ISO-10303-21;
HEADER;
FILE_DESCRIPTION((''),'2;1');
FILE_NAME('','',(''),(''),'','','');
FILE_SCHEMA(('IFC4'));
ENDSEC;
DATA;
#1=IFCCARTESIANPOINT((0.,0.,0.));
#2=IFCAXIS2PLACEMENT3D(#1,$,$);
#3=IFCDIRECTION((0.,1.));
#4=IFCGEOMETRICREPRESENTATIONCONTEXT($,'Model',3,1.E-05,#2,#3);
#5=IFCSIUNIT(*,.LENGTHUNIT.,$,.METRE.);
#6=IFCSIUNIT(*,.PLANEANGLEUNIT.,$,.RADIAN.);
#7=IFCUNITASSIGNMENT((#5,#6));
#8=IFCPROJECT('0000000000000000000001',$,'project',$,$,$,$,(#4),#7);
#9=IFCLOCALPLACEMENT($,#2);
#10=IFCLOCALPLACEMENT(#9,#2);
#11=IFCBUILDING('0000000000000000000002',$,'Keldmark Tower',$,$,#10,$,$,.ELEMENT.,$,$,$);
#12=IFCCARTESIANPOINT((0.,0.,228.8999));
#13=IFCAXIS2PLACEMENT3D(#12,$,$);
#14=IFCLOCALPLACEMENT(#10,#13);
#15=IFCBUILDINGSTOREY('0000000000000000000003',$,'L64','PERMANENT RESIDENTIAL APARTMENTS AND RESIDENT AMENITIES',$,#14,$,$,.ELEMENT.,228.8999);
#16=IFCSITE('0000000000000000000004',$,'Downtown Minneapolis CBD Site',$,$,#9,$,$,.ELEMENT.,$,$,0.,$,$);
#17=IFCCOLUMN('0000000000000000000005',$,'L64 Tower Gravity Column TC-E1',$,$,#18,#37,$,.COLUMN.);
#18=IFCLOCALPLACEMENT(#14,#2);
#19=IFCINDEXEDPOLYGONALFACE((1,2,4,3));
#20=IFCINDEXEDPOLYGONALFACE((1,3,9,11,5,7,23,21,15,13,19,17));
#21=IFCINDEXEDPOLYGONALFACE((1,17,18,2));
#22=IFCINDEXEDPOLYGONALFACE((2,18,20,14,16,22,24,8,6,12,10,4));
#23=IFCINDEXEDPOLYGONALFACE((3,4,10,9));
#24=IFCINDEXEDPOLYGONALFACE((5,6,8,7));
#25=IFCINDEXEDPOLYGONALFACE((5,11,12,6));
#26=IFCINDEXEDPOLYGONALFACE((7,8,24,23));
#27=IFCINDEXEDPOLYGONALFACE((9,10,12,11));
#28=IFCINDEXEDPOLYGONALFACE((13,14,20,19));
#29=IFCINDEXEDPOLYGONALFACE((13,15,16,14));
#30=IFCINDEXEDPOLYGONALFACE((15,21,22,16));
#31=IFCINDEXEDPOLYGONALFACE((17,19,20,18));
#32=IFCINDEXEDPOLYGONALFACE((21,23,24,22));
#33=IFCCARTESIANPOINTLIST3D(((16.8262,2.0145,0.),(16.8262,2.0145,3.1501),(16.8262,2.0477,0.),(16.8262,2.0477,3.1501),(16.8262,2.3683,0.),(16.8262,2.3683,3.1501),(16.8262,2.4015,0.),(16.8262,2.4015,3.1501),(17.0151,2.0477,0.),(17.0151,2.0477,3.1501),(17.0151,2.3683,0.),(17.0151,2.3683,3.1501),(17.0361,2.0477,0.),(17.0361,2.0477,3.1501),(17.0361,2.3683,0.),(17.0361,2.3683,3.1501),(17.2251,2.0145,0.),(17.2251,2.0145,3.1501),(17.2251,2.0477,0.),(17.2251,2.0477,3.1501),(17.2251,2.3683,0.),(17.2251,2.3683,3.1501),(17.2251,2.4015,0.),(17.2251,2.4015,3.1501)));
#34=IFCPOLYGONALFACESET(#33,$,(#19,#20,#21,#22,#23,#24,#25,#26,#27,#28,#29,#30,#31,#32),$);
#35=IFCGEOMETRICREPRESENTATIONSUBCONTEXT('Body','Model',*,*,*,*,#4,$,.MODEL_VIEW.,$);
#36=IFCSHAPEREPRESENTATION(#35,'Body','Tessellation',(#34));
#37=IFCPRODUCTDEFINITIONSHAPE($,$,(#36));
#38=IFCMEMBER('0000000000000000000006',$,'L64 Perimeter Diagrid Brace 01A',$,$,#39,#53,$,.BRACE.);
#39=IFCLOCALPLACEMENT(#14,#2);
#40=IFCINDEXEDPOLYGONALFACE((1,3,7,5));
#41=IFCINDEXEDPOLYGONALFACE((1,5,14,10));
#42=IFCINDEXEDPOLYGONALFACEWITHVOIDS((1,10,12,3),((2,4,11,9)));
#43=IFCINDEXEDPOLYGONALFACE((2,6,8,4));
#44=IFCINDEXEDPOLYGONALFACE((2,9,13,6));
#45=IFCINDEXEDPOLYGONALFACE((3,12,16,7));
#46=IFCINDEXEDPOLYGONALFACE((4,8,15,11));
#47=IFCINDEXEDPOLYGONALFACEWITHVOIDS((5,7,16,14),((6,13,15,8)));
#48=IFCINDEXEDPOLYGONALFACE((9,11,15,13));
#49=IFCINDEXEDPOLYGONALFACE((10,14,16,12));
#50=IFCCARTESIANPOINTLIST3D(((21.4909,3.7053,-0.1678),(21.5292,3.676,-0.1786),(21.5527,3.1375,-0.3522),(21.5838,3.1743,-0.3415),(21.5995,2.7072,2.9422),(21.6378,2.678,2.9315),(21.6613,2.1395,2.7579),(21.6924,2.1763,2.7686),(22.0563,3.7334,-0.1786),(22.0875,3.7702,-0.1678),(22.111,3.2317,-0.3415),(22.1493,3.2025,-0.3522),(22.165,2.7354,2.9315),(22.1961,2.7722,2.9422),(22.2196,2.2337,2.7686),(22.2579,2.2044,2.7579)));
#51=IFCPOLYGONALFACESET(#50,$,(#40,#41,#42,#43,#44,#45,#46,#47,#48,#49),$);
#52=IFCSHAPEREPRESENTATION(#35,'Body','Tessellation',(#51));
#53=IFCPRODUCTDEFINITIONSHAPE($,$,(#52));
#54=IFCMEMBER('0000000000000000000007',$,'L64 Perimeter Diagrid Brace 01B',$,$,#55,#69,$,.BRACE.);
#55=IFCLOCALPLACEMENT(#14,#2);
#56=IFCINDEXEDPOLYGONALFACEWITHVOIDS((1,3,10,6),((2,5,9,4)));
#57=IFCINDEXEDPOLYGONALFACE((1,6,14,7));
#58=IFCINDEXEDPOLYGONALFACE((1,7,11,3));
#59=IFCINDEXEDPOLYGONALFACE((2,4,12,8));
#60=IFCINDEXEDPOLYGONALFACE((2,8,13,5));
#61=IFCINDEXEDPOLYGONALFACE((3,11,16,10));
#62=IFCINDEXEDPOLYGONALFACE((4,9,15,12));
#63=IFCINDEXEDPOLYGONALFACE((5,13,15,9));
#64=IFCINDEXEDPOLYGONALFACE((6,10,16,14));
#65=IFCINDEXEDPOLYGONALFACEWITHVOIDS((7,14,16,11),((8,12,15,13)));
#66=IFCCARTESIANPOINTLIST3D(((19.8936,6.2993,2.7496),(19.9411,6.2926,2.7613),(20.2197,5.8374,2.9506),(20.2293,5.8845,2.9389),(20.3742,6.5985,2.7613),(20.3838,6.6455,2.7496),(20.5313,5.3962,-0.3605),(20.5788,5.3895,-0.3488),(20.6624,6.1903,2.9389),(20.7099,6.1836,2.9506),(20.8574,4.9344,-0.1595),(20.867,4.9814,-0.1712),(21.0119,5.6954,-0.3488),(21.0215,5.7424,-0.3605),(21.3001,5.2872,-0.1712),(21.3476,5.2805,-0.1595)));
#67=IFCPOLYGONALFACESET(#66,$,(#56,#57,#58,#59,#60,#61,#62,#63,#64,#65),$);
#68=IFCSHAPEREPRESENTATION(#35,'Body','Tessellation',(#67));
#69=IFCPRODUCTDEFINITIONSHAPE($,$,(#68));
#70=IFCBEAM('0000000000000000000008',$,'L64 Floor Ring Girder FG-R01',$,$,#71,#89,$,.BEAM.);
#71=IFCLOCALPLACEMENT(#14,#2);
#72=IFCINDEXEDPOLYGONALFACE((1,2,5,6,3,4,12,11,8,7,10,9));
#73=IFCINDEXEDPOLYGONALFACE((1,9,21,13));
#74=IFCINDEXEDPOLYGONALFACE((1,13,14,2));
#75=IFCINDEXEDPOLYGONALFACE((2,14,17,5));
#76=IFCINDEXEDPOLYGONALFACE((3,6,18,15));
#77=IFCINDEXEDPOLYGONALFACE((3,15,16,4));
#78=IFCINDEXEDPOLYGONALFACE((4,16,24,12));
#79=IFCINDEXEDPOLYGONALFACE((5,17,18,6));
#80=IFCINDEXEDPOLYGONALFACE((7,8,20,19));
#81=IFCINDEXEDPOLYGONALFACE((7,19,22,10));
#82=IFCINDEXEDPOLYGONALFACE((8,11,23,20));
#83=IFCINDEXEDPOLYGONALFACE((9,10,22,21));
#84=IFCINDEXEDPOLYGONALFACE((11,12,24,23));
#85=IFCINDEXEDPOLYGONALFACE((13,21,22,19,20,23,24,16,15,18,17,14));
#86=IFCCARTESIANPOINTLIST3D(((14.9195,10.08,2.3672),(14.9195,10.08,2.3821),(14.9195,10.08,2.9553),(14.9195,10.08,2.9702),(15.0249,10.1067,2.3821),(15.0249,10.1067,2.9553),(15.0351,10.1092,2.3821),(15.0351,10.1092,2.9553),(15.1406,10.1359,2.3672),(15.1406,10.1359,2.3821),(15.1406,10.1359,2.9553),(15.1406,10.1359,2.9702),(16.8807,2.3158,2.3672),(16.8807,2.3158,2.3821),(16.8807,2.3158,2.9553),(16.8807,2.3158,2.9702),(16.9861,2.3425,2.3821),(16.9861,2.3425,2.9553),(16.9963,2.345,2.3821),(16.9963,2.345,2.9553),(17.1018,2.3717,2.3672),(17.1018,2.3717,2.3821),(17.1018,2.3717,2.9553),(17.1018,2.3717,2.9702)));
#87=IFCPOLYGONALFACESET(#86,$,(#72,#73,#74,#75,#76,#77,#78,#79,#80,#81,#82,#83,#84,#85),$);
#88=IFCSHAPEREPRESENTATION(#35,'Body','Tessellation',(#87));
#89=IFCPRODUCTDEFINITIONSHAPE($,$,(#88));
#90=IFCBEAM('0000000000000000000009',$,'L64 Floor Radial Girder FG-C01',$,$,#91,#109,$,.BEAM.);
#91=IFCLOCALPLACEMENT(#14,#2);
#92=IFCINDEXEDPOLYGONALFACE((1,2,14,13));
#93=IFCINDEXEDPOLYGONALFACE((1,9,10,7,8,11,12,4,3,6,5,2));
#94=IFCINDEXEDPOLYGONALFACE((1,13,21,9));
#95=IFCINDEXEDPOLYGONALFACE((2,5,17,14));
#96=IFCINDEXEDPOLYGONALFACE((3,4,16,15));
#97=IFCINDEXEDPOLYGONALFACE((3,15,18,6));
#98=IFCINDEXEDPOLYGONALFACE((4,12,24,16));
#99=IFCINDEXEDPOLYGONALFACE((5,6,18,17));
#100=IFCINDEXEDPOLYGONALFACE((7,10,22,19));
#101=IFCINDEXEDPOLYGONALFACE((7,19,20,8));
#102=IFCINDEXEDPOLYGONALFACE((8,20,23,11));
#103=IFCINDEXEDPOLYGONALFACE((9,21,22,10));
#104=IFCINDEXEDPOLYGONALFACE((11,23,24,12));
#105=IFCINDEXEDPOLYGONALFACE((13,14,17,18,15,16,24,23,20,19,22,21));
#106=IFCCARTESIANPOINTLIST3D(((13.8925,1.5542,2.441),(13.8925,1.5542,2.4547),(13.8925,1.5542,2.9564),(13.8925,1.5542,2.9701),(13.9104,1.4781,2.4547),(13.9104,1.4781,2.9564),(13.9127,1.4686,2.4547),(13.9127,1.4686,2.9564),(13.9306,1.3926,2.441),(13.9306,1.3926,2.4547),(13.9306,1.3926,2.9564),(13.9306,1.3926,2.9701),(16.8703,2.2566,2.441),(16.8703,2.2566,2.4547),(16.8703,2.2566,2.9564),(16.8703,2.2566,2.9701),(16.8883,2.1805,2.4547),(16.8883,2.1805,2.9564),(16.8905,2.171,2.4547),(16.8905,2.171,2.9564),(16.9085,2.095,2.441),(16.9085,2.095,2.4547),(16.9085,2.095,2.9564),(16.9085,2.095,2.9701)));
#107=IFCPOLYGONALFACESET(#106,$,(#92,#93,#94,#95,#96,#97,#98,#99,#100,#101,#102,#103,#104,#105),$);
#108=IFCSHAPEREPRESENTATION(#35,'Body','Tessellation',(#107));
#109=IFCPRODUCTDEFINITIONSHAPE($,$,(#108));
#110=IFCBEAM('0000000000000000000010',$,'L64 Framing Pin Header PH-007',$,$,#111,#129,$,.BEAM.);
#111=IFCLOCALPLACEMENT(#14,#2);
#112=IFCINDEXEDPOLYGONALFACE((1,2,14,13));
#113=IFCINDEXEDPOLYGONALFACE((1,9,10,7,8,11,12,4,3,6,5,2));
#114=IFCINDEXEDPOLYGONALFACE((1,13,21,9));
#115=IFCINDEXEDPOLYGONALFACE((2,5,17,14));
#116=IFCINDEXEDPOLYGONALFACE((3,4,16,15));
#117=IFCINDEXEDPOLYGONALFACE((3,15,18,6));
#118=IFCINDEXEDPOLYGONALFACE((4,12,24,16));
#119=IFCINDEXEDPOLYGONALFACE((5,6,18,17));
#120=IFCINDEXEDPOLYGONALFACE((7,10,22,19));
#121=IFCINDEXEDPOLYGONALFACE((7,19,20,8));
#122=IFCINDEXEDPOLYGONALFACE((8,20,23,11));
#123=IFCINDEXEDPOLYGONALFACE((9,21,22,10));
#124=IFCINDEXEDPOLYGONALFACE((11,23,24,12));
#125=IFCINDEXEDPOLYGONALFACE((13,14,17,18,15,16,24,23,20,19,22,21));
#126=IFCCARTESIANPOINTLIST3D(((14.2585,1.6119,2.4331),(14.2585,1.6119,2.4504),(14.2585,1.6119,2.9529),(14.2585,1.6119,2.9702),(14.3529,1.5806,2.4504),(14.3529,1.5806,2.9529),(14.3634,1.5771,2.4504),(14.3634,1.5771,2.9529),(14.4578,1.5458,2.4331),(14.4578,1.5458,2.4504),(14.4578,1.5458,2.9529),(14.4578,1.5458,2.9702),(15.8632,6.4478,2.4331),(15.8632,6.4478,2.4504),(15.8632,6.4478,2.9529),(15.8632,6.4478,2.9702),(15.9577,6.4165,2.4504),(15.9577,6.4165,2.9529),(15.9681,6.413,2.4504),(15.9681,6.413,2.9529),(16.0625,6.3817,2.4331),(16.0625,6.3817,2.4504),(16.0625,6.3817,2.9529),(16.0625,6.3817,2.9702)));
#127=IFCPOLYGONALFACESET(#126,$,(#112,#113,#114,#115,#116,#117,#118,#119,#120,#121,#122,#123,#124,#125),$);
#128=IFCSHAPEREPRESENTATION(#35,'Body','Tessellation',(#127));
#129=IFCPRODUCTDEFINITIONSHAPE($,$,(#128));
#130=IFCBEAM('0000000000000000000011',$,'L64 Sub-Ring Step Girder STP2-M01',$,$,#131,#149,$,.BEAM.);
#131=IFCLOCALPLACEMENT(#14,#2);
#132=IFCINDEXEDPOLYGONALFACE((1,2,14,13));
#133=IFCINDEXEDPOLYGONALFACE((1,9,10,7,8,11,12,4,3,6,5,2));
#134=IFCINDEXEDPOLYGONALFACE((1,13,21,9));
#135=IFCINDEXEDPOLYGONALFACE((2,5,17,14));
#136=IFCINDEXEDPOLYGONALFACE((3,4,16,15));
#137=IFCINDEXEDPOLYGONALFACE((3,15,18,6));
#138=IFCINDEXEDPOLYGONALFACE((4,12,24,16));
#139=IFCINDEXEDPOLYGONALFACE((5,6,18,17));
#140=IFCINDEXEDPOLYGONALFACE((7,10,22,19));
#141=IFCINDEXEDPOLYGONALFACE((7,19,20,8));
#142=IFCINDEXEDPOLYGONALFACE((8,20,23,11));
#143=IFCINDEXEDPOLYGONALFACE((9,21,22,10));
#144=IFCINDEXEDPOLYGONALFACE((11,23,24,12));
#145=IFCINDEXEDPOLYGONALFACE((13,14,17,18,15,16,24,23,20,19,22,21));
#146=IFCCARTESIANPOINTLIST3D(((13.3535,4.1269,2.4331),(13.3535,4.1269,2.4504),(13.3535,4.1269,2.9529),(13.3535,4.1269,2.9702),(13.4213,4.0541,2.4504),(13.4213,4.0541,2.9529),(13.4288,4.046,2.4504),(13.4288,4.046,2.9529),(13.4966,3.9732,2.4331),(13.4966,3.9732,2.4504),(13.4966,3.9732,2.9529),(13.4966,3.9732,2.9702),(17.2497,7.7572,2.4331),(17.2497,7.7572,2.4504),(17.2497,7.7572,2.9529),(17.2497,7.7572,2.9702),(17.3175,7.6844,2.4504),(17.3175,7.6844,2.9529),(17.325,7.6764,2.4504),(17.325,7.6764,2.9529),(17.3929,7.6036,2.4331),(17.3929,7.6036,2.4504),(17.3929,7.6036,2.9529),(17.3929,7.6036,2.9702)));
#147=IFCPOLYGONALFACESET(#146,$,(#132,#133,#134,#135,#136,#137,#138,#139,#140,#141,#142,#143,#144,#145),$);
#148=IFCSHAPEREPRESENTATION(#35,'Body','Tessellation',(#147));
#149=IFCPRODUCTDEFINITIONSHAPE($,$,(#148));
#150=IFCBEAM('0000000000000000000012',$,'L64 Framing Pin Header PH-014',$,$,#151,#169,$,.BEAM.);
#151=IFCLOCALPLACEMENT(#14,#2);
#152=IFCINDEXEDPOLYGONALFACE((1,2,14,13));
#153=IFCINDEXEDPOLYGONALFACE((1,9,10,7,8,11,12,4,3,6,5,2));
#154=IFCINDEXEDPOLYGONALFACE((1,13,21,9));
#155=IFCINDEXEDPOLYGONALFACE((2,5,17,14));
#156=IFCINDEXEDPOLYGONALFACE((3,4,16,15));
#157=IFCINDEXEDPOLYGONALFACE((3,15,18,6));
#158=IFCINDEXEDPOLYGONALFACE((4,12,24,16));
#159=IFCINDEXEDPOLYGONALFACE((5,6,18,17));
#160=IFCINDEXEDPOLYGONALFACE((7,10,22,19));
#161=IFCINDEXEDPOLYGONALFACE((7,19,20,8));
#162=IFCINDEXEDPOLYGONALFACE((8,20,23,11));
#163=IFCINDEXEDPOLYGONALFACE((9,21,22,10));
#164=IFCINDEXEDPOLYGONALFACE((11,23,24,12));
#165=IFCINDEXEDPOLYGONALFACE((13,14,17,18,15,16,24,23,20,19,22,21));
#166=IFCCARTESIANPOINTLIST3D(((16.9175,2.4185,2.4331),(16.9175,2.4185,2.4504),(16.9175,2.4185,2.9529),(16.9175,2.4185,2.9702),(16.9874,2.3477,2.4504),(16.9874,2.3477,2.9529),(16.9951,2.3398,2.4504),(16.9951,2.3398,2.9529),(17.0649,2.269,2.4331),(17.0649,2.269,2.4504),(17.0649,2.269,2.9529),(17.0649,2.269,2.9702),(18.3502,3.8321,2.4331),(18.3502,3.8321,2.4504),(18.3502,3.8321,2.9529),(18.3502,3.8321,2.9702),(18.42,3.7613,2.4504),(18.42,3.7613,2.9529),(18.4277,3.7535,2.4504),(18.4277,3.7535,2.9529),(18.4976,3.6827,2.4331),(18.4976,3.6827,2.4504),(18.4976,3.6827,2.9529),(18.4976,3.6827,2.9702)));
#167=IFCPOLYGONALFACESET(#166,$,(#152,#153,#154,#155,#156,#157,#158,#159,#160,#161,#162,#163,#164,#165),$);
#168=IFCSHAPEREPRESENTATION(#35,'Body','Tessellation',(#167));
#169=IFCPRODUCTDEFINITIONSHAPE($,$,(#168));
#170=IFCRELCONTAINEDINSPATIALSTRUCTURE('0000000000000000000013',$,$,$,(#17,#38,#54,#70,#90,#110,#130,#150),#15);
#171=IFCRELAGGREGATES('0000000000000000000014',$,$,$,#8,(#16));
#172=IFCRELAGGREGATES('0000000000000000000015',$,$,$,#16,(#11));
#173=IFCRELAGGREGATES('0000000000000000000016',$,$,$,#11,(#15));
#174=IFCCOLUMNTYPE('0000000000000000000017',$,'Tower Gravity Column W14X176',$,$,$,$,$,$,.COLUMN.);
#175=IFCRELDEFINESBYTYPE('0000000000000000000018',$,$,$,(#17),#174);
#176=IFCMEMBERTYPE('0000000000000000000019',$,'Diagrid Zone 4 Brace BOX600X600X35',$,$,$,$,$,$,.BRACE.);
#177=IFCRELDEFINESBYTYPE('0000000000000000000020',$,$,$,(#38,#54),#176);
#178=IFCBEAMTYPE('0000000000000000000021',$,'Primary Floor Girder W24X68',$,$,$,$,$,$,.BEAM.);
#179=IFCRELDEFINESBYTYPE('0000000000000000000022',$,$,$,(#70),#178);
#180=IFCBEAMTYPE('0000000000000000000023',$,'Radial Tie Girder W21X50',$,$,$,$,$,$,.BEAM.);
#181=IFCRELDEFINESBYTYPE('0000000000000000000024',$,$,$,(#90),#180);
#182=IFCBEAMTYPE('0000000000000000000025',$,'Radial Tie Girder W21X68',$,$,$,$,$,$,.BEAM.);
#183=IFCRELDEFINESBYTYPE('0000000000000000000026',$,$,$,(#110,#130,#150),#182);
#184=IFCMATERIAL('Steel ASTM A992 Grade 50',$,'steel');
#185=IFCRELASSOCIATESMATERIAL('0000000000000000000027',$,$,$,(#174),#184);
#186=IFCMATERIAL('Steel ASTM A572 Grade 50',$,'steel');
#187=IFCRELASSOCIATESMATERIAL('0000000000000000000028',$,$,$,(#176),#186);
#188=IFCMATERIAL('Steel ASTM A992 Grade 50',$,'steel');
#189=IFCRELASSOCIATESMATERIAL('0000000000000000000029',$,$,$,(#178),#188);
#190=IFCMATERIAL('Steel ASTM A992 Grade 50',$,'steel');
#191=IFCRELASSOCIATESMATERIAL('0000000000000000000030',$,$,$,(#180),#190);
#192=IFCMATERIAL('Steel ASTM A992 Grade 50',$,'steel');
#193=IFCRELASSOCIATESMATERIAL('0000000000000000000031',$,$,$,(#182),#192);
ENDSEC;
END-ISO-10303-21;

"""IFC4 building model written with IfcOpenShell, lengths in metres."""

from ifc_helpers import new_model, si_unit, direction, frame, origin, origin_2d, place, context, subcontext, project, spatial, hollow_rectangle, i_section, extrude, material, material_profile, profile_set, type_object, element, save


model = new_model("IFC4")

# Units and contexts
model_context = context("Model", 3, precision=1e-05, world=origin(), true_north=direction((0.0, 1.0)))
body_context = subcontext(model_context, "Body", "Model", "MODEL_VIEW")
ifc_project = project(units=[si_unit("LENGTHUNIT", "METRE"), si_unit("PLANEANGLEUNIT", "RADIAN")], contexts=[model_context])

# Site, building, storey
site_placement = place(None, origin())
site = spatial("IfcSite", under=ifc_project, at=site_placement, Name="Downtown Minneapolis CBD Site", CompositionType="ELEMENT", RefElevation=0.0)
building_placement = place(site_placement, origin())
building = spatial("IfcBuilding", under=site, at=building_placement, Name="Keldmark Tower", CompositionType="ELEMENT")
storey_placement = place(building_placement, frame((0.0, 0.0, 228.8999)))
storey = spatial("IfcBuildingStorey", under=building, at=storey_placement, Name="L64", Description="PERMANENT RESIDENTIAL APARTMENTS AND RESIDENT AMENITIES", CompositionType="ELEMENT", Elevation=228.8999)

# Column
ifc_material_1 = material(Name="Steel ASTM A992 Grade 50", Category="steel")
ifc_material_profile_1 = material_profile(ifc_material_1, i_section(OverallWidth=0.3989, OverallDepth=0.387, WebThickness=0.021, FlangeThickness=0.0332, at=origin_2d()), Name="W14X176")
ifc_profile_set_1 = profile_set([ifc_material_profile_1], Name="Steel ASTM A992 Grade 50")
column_type = type_object("IfcColumnType", Name="Tower Gravity Column W14X176", PredefinedType="COLUMN", material=ifc_profile_set_1)
column_placement = place(storey_placement, frame((17.0256, 2.208, 0.0), z_axis=(0.0, 0.0, 1.0), x_axis=(1.0, 0.0, 0.0)))
element("IfcColumn", 1, at=column_placement, inside=storey, type_object=column_type, Name="L64 Tower Gravity Column TC-E1", PredefinedType="COLUMN", context=body_context, shape_type="SweptSolid", body=[
    extrude(i_section(OverallWidth=0.3989, OverallDepth=0.387, WebThickness=0.021, FlangeThickness=0.0332, at=origin_2d()), origin(), (0.0, 0.0, 1.0), 3.1501),
])

# Members
ifc_material_2 = material(Name="Steel ASTM A572 Grade 50", Category="steel")
ifc_material_profile_2 = material_profile(ifc_material_2, hollow_rectangle(XDim=0.6001, YDim=0.6001, WallThickness=0.0349, at=origin_2d()), Name="BOX600X600X35")
ifc_profile_set_2 = profile_set([ifc_material_profile_2], Name="Steel ASTM A572 Grade 50")
member_type = type_object("IfcMemberType", Name="Diagrid Zone 4 Brace BOX600X600X35", PredefinedType="BRACE", material=ifc_profile_set_2)
member_1_placement = place(storey_placement, frame((21.8201, 3.4539, -0.26), z_axis=(0.033243, -0.305388, 0.951648), x_axis=(0.994127, 0.108216, 0.0)))
element("IfcMember", 2, at=member_1_placement, inside=storey, type_object=member_type, Name="L64 Perimeter Diagrid Brace 01A", PredefinedType="BRACE", context=body_context, shape_type="SweptSolid", body=[
    extrude(hollow_rectangle(XDim=0.6001, YDim=0.6001, WallThickness=0.0349, at=origin_2d()), origin(), (0.0, 0.0, 1.0), 3.2681),
])
member_2_placement = place(storey_placement, frame((20.9395, 5.3384, -0.26), z_axis=(-0.193197, 0.273597, 0.942242), x_axis=(-0.81687, -0.576822, 0.0)))
element("IfcMember", 3, at=member_2_placement, inside=storey, type_object=member_type, Name="L64 Perimeter Diagrid Brace 01B", PredefinedType="BRACE", context=body_context, shape_type="SweptSolid", body=[
    extrude(hollow_rectangle(XDim=0.6001, YDim=0.6001, WallThickness=0.0349, at=origin_2d()), origin(), (0.0, 0.0, 1.0), 3.3008),
])

# Beams
ifc_material_3 = material(Name="Steel ASTM A992 Grade 50", Category="steel")
ifc_material_profile_3 = material_profile(ifc_material_3, i_section(OverallWidth=0.228, OverallDepth=0.603, WebThickness=0.0105, FlangeThickness=0.0149, at=origin_2d()), Name="W24X68")
ifc_profile_set_3 = profile_set([ifc_material_profile_3], Name="Steel ASTM A992 Grade 50")
beam_type_1 = type_object("IfcBeamType", Name="Primary Floor Girder W24X68", PredefinedType="BEAM", material=ifc_profile_set_3)
beam_1_placement = place(storey_placement, frame((16.9912, 2.3438, 2.6687), z_axis=(-0.244902, 0.969548, 0.0), x_axis=(-0.969548, -0.244902, 0.0)))
element("IfcBeam", 4, at=beam_1_placement, inside=storey, type_object=beam_type_1, Name="L64 Floor Ring Girder FG-R01", PredefinedType="BEAM", context=body_context, shape_type="SweptSolid", body=[
    extrude(i_section(OverallWidth=0.228, OverallDepth=0.603, WebThickness=0.0105, FlangeThickness=0.0149, at=origin_2d()), origin(), (0.0, 0.0, 1.0), 8.0081),
])
ifc_material_4 = material(Name="Steel ASTM A992 Grade 50", Category="steel")
ifc_material_profile_4 = material_profile(ifc_material_4, i_section(OverallWidth=0.166, OverallDepth=0.5291, WebThickness=0.0098, FlangeThickness=0.0137, at=origin_2d()), Name="W21X50")
ifc_profile_set_4 = profile_set([ifc_material_profile_4], Name="Steel ASTM A992 Grade 50")
beam_type_2 = type_object("IfcBeamType", Name="Radial Tie Girder W21X50", PredefinedType="BEAM", material=ifc_profile_set_4)
beam_2_placement = place(storey_placement, frame((16.8894, 2.1758, 2.7056), z_axis=(-0.97329, -0.229577, 0.0), x_axis=(0.229577, -0.97329, 0.0)))
element("IfcBeam", 5, at=beam_2_placement, inside=storey, type_object=beam_type_2, Name="L64 Floor Radial Girder FG-C01", PredefinedType="BEAM", context=body_context, shape_type="SweptSolid", body=[
    extrude(i_section(OverallWidth=0.166, OverallDepth=0.5291, WebThickness=0.0098, FlangeThickness=0.0137, at=origin_2d()), origin(), (0.0, 0.0, 1.0), 3.0596),
])
ifc_material_5 = material(Name="Steel ASTM A992 Grade 50", Category="steel")
ifc_material_profile_5 = material_profile(ifc_material_5, i_section(OverallWidth=0.21, OverallDepth=0.5371, WebThickness=0.011, FlangeThickness=0.0173, at=origin_2d()), Name="W21X68")
ifc_profile_set_5 = profile_set([ifc_material_profile_5], Name="Steel ASTM A992 Grade 50")
beam_type_3 = type_object("IfcBeamType", Name="Radial Tie Girder W21X68", PredefinedType="BEAM", material=ifc_profile_set_5)
beam_3_placement = place(storey_placement, frame((14.3582, 1.5789, 2.7017), z_axis=(0.314948, 0.949109, 0.0), x_axis=(-0.949109, 0.314948, 0.0)))
element("IfcBeam", 6, at=beam_3_placement, inside=storey, type_object=beam_type_3, Name="L64 Framing Pin Header PH-007", PredefinedType="BEAM", context=body_context, shape_type="SweptSolid", body=[
    extrude(i_section(OverallWidth=0.21, OverallDepth=0.5371, WebThickness=0.011, FlangeThickness=0.0173, at=origin_2d()), origin(), (0.0, 0.0, 1.0), 5.0952),
])
beam_4_placement = place(storey_placement, frame((13.425, 4.05, 2.7017), z_axis=(0.731628, 0.681704, 0.0), x_axis=(-0.681704, 0.731628, 0.0)))
element("IfcBeam", 7, at=beam_4_placement, inside=storey, type_object=beam_type_3, Name="L64 Sub-Ring Step Girder STP2-M01", PredefinedType="BEAM", context=body_context, shape_type="SweptSolid", body=[
    extrude(i_section(OverallWidth=0.21, OverallDepth=0.5371, WebThickness=0.011, FlangeThickness=0.0173, at=origin_2d()), origin(), (0.0, 0.0, 1.0), 5.3254),
])
beam_5_placement = place(storey_placement, frame((16.9912, 2.3438, 2.7017), z_axis=(0.711822, 0.70236, 0.0), x_axis=(-0.70236, 0.711822, 0.0)))
element("IfcBeam", 8, at=beam_5_placement, inside=storey, type_object=beam_type_3, Name="L64 Framing Pin Header PH-014", PredefinedType="BEAM", context=body_context, shape_type="SweptSolid", body=[
    extrude(i_section(OverallWidth=0.21, OverallDepth=0.5371, WebThickness=0.011, FlangeThickness=0.0173, at=origin_2d()), origin(), (0.0, 0.0, 1.0), 2.0127),
])

save(model, "model.ifc")
